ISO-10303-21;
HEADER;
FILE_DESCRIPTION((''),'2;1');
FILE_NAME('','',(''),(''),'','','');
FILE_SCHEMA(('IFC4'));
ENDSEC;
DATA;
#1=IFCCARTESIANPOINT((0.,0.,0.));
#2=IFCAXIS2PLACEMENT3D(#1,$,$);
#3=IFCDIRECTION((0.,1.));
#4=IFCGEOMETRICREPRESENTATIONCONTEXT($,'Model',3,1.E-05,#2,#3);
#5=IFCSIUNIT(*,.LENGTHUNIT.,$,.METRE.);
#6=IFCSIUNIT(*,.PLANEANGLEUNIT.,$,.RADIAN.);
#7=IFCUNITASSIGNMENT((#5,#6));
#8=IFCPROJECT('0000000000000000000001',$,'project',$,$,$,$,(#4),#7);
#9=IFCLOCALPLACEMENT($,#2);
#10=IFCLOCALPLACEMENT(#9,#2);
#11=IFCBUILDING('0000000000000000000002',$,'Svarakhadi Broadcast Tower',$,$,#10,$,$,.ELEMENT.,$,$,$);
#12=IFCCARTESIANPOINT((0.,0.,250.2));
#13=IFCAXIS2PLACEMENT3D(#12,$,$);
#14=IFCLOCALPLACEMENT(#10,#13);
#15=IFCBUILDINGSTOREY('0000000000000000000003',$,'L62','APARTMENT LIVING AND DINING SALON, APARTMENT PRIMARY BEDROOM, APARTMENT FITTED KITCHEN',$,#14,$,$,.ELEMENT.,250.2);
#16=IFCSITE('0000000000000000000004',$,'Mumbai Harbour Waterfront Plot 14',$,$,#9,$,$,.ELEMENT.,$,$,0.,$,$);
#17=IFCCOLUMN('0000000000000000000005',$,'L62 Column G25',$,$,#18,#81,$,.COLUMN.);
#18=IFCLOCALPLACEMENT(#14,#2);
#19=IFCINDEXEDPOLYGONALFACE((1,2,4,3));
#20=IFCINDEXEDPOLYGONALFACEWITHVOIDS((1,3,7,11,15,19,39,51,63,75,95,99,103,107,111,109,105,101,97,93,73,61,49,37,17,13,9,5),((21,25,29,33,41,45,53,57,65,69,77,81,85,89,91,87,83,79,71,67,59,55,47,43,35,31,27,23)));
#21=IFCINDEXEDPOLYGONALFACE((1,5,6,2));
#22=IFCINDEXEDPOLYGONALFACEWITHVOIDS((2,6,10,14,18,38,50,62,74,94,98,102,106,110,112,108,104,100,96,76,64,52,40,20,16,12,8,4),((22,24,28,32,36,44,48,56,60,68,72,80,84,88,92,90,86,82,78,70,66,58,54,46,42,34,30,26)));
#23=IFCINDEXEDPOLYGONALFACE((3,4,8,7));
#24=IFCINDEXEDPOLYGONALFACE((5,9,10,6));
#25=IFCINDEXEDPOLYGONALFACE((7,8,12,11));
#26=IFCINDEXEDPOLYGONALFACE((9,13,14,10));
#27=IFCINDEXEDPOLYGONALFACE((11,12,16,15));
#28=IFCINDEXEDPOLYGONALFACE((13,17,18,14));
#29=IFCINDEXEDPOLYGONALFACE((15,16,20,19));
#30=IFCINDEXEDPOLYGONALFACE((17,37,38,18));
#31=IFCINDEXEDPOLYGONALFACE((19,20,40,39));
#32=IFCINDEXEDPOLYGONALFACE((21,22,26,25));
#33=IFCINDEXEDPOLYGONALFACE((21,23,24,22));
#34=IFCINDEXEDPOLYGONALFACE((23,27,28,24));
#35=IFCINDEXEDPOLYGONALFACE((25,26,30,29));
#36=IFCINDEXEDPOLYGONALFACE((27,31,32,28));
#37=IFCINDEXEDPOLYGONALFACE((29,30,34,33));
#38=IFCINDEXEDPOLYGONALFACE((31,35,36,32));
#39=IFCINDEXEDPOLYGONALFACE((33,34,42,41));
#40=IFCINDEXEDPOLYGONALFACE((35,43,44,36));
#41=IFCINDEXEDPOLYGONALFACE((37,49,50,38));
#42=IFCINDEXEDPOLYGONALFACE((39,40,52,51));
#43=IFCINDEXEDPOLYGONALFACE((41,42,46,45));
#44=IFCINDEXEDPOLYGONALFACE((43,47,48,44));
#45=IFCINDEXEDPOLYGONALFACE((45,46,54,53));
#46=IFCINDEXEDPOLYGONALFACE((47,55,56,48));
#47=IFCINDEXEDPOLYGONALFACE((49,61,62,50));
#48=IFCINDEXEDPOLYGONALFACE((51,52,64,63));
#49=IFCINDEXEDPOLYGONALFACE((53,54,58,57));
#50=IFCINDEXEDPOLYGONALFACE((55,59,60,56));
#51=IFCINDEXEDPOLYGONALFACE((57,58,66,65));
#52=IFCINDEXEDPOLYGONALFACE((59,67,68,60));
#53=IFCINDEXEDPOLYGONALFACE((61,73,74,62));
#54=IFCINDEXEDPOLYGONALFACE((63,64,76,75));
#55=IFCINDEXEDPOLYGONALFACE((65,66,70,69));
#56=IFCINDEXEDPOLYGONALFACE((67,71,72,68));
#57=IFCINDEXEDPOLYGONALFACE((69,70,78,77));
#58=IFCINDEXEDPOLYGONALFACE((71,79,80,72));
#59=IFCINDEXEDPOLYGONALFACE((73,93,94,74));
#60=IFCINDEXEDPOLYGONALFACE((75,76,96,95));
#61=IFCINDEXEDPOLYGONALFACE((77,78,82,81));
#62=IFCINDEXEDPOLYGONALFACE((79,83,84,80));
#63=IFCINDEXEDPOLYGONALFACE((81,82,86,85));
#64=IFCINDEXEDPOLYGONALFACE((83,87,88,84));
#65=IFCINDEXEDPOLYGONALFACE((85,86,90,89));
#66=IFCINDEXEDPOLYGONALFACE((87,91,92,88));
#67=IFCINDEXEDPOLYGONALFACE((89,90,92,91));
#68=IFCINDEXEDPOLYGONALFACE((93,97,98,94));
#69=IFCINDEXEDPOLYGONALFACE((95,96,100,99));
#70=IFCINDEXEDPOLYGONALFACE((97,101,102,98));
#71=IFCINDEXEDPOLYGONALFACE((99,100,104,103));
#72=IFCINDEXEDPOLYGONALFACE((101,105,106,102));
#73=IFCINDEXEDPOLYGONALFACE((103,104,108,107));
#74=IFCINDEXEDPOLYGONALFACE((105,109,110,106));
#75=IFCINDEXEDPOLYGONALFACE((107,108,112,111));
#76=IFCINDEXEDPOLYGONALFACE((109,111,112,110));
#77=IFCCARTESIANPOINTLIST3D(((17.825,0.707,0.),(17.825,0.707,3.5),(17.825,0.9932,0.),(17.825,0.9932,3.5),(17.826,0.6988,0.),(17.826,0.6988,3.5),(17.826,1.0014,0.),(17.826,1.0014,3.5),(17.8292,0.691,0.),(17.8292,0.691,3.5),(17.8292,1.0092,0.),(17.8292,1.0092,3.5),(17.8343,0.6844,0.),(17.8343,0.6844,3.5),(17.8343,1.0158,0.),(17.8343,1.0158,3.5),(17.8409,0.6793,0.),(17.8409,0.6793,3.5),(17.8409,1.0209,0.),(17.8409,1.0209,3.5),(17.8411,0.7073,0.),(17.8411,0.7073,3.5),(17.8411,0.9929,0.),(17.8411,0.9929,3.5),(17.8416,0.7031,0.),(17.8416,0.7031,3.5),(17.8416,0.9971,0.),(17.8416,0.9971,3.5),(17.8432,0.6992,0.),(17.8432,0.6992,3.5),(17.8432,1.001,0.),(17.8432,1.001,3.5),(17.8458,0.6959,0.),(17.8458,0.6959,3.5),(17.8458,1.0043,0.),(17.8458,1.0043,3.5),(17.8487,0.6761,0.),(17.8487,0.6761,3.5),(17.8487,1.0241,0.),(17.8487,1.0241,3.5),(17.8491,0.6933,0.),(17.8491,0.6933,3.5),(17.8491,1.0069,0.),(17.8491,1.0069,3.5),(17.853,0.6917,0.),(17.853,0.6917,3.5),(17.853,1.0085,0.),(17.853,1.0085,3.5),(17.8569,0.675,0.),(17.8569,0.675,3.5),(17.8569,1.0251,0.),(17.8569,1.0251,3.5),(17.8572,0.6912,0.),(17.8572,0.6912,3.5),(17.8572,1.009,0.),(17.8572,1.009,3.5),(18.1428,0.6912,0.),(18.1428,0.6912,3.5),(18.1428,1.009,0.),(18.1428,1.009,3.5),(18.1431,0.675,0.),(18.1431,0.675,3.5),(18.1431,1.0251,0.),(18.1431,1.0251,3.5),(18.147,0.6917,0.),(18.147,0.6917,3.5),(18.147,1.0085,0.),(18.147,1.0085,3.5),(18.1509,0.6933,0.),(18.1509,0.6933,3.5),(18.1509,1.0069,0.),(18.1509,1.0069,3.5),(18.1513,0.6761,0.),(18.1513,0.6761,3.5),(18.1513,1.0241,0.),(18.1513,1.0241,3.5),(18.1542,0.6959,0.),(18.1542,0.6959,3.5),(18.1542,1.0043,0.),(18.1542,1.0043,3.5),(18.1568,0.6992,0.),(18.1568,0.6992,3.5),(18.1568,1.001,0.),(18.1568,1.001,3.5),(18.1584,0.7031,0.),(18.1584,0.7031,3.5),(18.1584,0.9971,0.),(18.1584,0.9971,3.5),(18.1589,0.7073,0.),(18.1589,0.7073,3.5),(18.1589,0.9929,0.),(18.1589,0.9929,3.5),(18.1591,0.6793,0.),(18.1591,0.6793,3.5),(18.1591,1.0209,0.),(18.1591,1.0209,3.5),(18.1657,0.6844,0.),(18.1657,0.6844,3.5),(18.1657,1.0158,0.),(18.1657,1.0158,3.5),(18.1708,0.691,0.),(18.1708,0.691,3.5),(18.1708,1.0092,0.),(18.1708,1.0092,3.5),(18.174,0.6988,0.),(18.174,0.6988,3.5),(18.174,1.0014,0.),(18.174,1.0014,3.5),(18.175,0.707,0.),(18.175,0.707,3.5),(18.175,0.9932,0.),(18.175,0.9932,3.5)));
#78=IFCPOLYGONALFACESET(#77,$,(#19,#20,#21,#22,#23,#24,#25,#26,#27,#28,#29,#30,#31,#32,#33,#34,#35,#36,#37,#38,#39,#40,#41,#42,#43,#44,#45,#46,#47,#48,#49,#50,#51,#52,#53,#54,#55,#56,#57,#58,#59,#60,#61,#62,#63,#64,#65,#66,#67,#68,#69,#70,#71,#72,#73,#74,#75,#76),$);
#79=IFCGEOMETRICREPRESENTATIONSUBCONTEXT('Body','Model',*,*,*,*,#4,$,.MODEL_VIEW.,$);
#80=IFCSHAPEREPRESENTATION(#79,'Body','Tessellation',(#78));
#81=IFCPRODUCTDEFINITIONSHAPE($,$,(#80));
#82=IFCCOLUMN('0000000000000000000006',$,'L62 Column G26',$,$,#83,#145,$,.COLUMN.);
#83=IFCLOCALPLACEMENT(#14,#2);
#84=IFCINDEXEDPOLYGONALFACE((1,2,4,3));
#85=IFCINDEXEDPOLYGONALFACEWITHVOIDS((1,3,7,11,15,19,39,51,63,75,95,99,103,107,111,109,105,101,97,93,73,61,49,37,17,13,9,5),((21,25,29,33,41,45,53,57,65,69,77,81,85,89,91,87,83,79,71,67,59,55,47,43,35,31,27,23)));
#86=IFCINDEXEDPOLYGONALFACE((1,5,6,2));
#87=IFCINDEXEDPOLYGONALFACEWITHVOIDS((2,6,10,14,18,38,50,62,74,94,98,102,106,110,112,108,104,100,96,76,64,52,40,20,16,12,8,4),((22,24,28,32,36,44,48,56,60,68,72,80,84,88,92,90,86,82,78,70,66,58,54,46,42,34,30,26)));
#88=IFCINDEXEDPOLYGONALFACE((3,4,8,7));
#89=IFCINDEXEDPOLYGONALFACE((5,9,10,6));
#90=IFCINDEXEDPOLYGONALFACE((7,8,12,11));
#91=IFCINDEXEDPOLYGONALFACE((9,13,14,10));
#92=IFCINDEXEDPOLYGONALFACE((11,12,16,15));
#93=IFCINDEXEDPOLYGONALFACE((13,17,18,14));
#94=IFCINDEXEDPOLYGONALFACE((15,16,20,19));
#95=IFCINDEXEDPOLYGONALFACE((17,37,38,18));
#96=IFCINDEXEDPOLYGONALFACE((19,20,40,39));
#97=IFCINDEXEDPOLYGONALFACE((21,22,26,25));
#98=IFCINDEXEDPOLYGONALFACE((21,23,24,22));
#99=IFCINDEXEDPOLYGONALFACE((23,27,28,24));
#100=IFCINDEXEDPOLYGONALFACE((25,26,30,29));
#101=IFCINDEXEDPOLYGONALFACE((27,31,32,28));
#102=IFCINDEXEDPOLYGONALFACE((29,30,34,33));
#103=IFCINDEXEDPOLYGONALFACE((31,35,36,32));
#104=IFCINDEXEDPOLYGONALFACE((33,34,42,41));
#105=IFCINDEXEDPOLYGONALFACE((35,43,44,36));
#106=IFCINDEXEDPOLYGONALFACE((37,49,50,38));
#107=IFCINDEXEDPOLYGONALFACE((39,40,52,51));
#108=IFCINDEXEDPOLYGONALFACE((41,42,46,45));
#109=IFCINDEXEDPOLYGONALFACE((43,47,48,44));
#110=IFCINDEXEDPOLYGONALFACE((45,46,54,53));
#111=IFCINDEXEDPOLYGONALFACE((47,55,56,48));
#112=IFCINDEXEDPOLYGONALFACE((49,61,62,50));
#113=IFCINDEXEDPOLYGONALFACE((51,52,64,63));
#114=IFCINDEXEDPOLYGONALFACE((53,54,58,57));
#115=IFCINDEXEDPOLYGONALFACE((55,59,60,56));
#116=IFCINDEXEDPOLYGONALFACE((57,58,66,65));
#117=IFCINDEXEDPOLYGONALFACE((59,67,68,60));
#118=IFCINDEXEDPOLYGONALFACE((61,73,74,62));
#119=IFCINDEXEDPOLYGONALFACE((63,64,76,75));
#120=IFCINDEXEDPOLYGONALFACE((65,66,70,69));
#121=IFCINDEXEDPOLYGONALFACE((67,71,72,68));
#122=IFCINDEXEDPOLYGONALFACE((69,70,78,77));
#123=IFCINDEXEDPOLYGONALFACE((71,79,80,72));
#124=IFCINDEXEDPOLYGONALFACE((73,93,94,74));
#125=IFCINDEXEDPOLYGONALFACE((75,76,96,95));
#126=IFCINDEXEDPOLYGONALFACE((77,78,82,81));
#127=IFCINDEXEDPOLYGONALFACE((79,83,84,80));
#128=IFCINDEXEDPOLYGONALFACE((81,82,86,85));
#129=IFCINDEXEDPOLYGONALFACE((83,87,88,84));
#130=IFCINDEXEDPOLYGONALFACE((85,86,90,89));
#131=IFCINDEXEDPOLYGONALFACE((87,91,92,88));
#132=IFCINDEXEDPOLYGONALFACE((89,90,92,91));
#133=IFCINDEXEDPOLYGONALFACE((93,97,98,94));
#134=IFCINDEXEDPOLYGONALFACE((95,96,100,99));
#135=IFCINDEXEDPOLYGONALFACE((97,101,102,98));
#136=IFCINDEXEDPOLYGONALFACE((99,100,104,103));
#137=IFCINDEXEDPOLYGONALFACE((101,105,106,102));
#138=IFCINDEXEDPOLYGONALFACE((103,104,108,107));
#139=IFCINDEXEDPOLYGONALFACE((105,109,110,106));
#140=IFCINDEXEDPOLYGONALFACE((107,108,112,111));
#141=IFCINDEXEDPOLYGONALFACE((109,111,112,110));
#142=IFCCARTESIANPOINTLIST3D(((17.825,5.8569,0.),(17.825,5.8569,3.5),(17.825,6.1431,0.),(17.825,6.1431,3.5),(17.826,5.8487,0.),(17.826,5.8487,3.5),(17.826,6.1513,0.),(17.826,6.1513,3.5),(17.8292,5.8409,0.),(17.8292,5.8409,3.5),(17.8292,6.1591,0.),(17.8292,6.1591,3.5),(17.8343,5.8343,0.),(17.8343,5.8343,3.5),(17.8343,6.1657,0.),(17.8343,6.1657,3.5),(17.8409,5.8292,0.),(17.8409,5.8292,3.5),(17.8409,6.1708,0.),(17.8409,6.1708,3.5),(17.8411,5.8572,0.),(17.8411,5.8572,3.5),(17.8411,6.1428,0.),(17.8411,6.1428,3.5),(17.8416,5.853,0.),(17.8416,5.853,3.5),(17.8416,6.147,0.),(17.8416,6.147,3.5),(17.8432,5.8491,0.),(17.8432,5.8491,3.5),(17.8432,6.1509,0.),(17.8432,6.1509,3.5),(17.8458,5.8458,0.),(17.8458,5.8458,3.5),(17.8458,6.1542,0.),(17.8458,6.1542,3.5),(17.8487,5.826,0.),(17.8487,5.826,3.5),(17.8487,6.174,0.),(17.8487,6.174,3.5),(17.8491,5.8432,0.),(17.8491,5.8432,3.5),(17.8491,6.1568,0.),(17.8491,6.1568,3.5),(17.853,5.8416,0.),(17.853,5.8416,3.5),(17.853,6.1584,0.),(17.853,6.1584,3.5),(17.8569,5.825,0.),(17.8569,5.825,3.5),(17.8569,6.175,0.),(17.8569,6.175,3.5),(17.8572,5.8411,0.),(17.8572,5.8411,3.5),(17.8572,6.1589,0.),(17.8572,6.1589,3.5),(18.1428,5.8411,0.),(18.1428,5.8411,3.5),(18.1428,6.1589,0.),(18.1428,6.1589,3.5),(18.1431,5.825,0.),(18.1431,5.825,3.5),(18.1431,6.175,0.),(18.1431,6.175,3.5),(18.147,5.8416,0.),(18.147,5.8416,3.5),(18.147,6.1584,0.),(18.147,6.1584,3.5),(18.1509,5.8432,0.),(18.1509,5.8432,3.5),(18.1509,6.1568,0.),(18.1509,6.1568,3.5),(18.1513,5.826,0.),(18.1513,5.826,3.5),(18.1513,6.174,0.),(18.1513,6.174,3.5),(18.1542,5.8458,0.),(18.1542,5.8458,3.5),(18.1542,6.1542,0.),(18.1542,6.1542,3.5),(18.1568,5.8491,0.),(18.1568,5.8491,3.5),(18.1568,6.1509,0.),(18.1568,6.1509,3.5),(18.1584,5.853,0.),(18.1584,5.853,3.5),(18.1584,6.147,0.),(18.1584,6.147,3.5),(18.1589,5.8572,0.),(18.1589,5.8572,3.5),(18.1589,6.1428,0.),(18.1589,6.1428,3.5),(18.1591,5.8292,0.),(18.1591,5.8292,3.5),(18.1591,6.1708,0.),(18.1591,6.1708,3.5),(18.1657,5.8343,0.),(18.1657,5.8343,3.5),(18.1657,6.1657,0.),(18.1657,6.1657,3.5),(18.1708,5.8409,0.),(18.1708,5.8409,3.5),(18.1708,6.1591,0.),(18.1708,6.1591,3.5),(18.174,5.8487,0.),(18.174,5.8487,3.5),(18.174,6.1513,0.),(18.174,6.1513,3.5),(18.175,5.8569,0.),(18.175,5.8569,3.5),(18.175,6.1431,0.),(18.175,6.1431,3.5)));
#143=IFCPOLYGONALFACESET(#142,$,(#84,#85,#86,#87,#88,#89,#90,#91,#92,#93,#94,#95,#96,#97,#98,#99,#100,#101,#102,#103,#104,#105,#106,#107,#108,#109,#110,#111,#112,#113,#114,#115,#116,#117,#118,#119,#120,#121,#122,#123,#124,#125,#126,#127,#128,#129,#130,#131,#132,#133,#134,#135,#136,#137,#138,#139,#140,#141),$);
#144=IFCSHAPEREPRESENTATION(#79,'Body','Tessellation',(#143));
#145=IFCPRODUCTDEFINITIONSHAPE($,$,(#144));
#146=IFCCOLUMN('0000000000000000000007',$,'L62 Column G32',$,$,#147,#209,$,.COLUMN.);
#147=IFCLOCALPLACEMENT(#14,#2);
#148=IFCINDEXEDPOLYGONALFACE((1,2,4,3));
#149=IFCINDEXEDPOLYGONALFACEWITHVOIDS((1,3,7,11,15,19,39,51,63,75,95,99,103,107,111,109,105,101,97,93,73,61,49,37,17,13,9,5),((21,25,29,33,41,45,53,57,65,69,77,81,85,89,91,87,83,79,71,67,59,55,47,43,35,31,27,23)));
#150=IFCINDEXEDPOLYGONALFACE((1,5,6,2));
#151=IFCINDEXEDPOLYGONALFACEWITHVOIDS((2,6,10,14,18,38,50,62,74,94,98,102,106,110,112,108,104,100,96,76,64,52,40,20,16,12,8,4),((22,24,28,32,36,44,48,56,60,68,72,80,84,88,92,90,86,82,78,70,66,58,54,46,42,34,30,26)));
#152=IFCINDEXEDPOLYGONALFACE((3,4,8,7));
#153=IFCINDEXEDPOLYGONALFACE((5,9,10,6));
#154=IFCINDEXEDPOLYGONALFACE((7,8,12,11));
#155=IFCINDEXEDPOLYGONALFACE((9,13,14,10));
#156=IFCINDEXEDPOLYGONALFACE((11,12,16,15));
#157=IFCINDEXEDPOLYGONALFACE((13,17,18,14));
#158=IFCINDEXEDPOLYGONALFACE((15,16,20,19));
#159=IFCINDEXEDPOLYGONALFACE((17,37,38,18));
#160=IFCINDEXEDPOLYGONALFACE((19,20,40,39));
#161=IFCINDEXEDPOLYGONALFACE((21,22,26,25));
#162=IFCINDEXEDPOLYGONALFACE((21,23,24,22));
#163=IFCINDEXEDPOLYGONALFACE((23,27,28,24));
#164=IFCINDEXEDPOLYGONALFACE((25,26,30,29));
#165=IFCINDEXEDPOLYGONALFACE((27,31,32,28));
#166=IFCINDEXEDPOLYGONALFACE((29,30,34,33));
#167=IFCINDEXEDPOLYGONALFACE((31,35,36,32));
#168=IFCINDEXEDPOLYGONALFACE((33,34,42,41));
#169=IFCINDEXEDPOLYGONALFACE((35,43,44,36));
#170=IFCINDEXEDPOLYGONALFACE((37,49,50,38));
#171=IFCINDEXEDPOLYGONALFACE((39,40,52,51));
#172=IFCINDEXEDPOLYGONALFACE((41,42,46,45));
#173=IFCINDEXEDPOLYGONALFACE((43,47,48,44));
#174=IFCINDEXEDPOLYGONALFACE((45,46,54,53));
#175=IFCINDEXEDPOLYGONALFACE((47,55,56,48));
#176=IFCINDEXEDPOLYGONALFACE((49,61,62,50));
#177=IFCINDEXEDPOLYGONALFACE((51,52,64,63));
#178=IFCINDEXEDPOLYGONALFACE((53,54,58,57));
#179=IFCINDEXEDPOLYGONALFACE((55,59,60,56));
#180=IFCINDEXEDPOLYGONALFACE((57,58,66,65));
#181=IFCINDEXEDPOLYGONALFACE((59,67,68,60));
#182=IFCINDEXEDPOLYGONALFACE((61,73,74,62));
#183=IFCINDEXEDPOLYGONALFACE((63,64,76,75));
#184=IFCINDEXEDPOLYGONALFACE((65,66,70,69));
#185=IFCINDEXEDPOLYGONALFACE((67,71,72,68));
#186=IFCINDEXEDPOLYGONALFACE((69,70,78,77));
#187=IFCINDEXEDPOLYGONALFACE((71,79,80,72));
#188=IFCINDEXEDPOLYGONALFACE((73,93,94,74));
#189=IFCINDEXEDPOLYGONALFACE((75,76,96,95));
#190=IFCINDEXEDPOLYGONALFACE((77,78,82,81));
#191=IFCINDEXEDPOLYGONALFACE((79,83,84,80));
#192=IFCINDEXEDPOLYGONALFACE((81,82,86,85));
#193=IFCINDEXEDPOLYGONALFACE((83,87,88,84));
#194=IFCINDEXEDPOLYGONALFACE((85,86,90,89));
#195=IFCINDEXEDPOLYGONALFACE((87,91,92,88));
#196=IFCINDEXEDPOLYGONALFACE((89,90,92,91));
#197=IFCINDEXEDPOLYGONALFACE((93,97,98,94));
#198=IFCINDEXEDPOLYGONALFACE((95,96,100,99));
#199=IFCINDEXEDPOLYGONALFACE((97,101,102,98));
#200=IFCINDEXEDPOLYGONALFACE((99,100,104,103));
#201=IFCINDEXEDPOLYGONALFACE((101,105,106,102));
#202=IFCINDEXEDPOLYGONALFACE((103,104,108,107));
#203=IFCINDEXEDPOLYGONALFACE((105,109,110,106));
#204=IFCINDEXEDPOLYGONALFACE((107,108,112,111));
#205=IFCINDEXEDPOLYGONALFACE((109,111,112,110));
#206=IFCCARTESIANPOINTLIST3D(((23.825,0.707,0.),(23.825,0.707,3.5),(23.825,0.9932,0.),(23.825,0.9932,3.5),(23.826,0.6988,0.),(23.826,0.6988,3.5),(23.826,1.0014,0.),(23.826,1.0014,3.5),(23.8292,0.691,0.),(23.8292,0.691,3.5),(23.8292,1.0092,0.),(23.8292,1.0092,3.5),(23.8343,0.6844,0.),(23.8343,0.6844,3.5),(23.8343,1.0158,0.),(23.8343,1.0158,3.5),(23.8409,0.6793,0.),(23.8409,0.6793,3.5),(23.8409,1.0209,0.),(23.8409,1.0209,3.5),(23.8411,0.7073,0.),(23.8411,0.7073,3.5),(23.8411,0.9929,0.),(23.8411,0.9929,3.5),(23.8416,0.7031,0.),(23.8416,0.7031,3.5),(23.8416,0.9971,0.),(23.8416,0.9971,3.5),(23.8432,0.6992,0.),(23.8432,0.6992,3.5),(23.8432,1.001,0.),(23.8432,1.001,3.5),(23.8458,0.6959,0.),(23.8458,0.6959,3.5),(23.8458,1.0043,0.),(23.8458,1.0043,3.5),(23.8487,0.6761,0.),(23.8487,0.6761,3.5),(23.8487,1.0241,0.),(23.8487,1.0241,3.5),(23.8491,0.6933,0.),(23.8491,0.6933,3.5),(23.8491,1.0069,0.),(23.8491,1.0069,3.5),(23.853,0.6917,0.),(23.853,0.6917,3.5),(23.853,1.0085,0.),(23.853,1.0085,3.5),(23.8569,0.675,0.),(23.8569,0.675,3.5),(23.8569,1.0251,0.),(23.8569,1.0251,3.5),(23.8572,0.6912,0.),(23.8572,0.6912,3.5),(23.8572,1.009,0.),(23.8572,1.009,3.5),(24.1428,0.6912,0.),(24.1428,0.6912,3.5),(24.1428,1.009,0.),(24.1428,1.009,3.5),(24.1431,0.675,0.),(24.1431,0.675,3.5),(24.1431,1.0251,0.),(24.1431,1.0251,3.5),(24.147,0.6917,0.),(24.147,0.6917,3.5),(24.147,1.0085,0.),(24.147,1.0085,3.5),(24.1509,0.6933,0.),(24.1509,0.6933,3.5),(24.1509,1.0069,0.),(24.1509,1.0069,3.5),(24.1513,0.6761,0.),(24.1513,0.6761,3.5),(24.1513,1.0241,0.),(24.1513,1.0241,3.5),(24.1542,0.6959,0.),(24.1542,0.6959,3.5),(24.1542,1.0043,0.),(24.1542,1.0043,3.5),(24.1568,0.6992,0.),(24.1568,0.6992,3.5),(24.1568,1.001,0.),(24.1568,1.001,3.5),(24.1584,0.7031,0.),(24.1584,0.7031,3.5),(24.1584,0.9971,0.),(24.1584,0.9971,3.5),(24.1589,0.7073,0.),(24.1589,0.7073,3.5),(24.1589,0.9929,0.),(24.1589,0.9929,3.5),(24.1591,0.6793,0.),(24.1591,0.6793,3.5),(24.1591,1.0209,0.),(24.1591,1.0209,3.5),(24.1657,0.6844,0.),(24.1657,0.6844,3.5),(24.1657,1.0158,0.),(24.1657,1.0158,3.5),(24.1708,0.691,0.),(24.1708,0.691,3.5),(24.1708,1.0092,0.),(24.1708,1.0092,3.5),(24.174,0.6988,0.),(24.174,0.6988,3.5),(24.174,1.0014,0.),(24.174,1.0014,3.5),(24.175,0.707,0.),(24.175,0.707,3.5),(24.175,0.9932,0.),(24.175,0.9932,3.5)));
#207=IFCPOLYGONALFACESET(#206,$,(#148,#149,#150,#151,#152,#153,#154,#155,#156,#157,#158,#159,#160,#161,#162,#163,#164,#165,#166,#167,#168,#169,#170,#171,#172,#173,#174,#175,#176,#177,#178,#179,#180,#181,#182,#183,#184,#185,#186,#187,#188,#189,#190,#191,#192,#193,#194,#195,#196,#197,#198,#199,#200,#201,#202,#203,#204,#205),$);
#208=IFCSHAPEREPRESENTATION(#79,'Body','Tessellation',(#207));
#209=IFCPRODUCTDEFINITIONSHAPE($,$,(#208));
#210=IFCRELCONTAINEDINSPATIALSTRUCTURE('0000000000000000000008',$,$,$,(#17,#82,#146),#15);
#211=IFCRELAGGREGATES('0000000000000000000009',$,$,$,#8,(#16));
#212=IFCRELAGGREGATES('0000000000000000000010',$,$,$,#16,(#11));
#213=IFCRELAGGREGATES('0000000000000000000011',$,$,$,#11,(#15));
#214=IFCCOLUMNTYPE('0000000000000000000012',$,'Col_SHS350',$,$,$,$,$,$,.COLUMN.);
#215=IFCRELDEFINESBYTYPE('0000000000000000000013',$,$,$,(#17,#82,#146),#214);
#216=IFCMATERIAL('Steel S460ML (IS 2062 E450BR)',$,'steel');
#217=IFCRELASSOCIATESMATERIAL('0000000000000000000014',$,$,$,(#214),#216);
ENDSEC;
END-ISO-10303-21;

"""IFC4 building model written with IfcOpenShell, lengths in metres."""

from ifc_helpers import new_model, si_unit, direction, frame, origin, origin_2d, place, context, subcontext, project, spatial, hollow_rectangle, extrude, material, material_profile, profile_set, type_object, element, save


model = new_model("IFC4")

# Units and contexts
model_context = context("Model", 3, precision=1e-05, world=origin(), true_north=direction((0.0, 1.0)))
body_context = subcontext(model_context, "Body", "Model", "MODEL_VIEW")
ifc_project = project(units=[si_unit("LENGTHUNIT", "METRE"), si_unit("PLANEANGLEUNIT", "RADIAN")], contexts=[model_context])

# Site, building, storey
site_placement = place(None, origin())
site = spatial("IfcSite", under=ifc_project, at=site_placement, Name="Mumbai Harbour Waterfront Plot 14", CompositionType="ELEMENT", RefElevation=0.0)
building_placement = place(site_placement, origin())
building = spatial("IfcBuilding", under=site, at=building_placement, Name="Svarakhadi Broadcast Tower", CompositionType="ELEMENT")
storey_placement = place(building_placement, frame((0.0, 0.0, 250.2)))
storey = spatial("IfcBuildingStorey", under=building, at=storey_placement, Name="L62", Description="APARTMENT LIVING AND DINING SALON, APARTMENT PRIMARY BEDROOM, APARTMENT FITTED KITCHEN", CompositionType="ELEMENT", Elevation=250.2)

# Columns
ifc_material_1 = material(Name="Steel S460ML (IS 2062 E450BR)", Category="steel")
ifc_material_profile_1 = material_profile(ifc_material_1, hollow_rectangle(XDim=0.3501, YDim=0.3501, WallThickness=0.0161, InnerFilletRadius=0.0161, OuterFilletRadius=0.032, at=origin_2d()), Name="SHS 350x350x16")
ifc_profile_set_1 = profile_set([ifc_material_profile_1], Name="Steel S460ML (IS 2062 E450BR)")
column_type = type_object("IfcColumnType", Name="Col_SHS350", PredefinedType="COLUMN", material=ifc_profile_set_1)
for number, where, z_axis, x_axis, name in (
    (1, (18.0, 0.8501, 0.0), (0.0, 0.0, 1.0), (1.0, 0.0, 0.0), "L62 Column G25"),
    (2, (18.0, 6.0, 0.0), (0.0, 0.0, 1.0), (1.0, 0.0, 0.0), "L62 Column G26"),
    (3, (24.0, 0.8501, 0.0), (0.0, 0.0, 1.0), (1.0, 0.0, 0.0), "L62 Column G32"),
):
    element("IfcColumn", number, at=place(storey_placement, frame(where, z_axis=z_axis, x_axis=x_axis)), inside=storey, type_object=column_type, Name=name, PredefinedType="COLUMN", context=body_context, shape_type="SweptSolid", body=[
        extrude(hollow_rectangle(XDim=0.3501, YDim=0.3501, WallThickness=0.0161, InnerFilletRadius=0.0161, OuterFilletRadius=0.032, at=origin_2d()), origin(), (0.0, 0.0, 1.0), 3.5),
    ])

save(model, "model.ifc")
